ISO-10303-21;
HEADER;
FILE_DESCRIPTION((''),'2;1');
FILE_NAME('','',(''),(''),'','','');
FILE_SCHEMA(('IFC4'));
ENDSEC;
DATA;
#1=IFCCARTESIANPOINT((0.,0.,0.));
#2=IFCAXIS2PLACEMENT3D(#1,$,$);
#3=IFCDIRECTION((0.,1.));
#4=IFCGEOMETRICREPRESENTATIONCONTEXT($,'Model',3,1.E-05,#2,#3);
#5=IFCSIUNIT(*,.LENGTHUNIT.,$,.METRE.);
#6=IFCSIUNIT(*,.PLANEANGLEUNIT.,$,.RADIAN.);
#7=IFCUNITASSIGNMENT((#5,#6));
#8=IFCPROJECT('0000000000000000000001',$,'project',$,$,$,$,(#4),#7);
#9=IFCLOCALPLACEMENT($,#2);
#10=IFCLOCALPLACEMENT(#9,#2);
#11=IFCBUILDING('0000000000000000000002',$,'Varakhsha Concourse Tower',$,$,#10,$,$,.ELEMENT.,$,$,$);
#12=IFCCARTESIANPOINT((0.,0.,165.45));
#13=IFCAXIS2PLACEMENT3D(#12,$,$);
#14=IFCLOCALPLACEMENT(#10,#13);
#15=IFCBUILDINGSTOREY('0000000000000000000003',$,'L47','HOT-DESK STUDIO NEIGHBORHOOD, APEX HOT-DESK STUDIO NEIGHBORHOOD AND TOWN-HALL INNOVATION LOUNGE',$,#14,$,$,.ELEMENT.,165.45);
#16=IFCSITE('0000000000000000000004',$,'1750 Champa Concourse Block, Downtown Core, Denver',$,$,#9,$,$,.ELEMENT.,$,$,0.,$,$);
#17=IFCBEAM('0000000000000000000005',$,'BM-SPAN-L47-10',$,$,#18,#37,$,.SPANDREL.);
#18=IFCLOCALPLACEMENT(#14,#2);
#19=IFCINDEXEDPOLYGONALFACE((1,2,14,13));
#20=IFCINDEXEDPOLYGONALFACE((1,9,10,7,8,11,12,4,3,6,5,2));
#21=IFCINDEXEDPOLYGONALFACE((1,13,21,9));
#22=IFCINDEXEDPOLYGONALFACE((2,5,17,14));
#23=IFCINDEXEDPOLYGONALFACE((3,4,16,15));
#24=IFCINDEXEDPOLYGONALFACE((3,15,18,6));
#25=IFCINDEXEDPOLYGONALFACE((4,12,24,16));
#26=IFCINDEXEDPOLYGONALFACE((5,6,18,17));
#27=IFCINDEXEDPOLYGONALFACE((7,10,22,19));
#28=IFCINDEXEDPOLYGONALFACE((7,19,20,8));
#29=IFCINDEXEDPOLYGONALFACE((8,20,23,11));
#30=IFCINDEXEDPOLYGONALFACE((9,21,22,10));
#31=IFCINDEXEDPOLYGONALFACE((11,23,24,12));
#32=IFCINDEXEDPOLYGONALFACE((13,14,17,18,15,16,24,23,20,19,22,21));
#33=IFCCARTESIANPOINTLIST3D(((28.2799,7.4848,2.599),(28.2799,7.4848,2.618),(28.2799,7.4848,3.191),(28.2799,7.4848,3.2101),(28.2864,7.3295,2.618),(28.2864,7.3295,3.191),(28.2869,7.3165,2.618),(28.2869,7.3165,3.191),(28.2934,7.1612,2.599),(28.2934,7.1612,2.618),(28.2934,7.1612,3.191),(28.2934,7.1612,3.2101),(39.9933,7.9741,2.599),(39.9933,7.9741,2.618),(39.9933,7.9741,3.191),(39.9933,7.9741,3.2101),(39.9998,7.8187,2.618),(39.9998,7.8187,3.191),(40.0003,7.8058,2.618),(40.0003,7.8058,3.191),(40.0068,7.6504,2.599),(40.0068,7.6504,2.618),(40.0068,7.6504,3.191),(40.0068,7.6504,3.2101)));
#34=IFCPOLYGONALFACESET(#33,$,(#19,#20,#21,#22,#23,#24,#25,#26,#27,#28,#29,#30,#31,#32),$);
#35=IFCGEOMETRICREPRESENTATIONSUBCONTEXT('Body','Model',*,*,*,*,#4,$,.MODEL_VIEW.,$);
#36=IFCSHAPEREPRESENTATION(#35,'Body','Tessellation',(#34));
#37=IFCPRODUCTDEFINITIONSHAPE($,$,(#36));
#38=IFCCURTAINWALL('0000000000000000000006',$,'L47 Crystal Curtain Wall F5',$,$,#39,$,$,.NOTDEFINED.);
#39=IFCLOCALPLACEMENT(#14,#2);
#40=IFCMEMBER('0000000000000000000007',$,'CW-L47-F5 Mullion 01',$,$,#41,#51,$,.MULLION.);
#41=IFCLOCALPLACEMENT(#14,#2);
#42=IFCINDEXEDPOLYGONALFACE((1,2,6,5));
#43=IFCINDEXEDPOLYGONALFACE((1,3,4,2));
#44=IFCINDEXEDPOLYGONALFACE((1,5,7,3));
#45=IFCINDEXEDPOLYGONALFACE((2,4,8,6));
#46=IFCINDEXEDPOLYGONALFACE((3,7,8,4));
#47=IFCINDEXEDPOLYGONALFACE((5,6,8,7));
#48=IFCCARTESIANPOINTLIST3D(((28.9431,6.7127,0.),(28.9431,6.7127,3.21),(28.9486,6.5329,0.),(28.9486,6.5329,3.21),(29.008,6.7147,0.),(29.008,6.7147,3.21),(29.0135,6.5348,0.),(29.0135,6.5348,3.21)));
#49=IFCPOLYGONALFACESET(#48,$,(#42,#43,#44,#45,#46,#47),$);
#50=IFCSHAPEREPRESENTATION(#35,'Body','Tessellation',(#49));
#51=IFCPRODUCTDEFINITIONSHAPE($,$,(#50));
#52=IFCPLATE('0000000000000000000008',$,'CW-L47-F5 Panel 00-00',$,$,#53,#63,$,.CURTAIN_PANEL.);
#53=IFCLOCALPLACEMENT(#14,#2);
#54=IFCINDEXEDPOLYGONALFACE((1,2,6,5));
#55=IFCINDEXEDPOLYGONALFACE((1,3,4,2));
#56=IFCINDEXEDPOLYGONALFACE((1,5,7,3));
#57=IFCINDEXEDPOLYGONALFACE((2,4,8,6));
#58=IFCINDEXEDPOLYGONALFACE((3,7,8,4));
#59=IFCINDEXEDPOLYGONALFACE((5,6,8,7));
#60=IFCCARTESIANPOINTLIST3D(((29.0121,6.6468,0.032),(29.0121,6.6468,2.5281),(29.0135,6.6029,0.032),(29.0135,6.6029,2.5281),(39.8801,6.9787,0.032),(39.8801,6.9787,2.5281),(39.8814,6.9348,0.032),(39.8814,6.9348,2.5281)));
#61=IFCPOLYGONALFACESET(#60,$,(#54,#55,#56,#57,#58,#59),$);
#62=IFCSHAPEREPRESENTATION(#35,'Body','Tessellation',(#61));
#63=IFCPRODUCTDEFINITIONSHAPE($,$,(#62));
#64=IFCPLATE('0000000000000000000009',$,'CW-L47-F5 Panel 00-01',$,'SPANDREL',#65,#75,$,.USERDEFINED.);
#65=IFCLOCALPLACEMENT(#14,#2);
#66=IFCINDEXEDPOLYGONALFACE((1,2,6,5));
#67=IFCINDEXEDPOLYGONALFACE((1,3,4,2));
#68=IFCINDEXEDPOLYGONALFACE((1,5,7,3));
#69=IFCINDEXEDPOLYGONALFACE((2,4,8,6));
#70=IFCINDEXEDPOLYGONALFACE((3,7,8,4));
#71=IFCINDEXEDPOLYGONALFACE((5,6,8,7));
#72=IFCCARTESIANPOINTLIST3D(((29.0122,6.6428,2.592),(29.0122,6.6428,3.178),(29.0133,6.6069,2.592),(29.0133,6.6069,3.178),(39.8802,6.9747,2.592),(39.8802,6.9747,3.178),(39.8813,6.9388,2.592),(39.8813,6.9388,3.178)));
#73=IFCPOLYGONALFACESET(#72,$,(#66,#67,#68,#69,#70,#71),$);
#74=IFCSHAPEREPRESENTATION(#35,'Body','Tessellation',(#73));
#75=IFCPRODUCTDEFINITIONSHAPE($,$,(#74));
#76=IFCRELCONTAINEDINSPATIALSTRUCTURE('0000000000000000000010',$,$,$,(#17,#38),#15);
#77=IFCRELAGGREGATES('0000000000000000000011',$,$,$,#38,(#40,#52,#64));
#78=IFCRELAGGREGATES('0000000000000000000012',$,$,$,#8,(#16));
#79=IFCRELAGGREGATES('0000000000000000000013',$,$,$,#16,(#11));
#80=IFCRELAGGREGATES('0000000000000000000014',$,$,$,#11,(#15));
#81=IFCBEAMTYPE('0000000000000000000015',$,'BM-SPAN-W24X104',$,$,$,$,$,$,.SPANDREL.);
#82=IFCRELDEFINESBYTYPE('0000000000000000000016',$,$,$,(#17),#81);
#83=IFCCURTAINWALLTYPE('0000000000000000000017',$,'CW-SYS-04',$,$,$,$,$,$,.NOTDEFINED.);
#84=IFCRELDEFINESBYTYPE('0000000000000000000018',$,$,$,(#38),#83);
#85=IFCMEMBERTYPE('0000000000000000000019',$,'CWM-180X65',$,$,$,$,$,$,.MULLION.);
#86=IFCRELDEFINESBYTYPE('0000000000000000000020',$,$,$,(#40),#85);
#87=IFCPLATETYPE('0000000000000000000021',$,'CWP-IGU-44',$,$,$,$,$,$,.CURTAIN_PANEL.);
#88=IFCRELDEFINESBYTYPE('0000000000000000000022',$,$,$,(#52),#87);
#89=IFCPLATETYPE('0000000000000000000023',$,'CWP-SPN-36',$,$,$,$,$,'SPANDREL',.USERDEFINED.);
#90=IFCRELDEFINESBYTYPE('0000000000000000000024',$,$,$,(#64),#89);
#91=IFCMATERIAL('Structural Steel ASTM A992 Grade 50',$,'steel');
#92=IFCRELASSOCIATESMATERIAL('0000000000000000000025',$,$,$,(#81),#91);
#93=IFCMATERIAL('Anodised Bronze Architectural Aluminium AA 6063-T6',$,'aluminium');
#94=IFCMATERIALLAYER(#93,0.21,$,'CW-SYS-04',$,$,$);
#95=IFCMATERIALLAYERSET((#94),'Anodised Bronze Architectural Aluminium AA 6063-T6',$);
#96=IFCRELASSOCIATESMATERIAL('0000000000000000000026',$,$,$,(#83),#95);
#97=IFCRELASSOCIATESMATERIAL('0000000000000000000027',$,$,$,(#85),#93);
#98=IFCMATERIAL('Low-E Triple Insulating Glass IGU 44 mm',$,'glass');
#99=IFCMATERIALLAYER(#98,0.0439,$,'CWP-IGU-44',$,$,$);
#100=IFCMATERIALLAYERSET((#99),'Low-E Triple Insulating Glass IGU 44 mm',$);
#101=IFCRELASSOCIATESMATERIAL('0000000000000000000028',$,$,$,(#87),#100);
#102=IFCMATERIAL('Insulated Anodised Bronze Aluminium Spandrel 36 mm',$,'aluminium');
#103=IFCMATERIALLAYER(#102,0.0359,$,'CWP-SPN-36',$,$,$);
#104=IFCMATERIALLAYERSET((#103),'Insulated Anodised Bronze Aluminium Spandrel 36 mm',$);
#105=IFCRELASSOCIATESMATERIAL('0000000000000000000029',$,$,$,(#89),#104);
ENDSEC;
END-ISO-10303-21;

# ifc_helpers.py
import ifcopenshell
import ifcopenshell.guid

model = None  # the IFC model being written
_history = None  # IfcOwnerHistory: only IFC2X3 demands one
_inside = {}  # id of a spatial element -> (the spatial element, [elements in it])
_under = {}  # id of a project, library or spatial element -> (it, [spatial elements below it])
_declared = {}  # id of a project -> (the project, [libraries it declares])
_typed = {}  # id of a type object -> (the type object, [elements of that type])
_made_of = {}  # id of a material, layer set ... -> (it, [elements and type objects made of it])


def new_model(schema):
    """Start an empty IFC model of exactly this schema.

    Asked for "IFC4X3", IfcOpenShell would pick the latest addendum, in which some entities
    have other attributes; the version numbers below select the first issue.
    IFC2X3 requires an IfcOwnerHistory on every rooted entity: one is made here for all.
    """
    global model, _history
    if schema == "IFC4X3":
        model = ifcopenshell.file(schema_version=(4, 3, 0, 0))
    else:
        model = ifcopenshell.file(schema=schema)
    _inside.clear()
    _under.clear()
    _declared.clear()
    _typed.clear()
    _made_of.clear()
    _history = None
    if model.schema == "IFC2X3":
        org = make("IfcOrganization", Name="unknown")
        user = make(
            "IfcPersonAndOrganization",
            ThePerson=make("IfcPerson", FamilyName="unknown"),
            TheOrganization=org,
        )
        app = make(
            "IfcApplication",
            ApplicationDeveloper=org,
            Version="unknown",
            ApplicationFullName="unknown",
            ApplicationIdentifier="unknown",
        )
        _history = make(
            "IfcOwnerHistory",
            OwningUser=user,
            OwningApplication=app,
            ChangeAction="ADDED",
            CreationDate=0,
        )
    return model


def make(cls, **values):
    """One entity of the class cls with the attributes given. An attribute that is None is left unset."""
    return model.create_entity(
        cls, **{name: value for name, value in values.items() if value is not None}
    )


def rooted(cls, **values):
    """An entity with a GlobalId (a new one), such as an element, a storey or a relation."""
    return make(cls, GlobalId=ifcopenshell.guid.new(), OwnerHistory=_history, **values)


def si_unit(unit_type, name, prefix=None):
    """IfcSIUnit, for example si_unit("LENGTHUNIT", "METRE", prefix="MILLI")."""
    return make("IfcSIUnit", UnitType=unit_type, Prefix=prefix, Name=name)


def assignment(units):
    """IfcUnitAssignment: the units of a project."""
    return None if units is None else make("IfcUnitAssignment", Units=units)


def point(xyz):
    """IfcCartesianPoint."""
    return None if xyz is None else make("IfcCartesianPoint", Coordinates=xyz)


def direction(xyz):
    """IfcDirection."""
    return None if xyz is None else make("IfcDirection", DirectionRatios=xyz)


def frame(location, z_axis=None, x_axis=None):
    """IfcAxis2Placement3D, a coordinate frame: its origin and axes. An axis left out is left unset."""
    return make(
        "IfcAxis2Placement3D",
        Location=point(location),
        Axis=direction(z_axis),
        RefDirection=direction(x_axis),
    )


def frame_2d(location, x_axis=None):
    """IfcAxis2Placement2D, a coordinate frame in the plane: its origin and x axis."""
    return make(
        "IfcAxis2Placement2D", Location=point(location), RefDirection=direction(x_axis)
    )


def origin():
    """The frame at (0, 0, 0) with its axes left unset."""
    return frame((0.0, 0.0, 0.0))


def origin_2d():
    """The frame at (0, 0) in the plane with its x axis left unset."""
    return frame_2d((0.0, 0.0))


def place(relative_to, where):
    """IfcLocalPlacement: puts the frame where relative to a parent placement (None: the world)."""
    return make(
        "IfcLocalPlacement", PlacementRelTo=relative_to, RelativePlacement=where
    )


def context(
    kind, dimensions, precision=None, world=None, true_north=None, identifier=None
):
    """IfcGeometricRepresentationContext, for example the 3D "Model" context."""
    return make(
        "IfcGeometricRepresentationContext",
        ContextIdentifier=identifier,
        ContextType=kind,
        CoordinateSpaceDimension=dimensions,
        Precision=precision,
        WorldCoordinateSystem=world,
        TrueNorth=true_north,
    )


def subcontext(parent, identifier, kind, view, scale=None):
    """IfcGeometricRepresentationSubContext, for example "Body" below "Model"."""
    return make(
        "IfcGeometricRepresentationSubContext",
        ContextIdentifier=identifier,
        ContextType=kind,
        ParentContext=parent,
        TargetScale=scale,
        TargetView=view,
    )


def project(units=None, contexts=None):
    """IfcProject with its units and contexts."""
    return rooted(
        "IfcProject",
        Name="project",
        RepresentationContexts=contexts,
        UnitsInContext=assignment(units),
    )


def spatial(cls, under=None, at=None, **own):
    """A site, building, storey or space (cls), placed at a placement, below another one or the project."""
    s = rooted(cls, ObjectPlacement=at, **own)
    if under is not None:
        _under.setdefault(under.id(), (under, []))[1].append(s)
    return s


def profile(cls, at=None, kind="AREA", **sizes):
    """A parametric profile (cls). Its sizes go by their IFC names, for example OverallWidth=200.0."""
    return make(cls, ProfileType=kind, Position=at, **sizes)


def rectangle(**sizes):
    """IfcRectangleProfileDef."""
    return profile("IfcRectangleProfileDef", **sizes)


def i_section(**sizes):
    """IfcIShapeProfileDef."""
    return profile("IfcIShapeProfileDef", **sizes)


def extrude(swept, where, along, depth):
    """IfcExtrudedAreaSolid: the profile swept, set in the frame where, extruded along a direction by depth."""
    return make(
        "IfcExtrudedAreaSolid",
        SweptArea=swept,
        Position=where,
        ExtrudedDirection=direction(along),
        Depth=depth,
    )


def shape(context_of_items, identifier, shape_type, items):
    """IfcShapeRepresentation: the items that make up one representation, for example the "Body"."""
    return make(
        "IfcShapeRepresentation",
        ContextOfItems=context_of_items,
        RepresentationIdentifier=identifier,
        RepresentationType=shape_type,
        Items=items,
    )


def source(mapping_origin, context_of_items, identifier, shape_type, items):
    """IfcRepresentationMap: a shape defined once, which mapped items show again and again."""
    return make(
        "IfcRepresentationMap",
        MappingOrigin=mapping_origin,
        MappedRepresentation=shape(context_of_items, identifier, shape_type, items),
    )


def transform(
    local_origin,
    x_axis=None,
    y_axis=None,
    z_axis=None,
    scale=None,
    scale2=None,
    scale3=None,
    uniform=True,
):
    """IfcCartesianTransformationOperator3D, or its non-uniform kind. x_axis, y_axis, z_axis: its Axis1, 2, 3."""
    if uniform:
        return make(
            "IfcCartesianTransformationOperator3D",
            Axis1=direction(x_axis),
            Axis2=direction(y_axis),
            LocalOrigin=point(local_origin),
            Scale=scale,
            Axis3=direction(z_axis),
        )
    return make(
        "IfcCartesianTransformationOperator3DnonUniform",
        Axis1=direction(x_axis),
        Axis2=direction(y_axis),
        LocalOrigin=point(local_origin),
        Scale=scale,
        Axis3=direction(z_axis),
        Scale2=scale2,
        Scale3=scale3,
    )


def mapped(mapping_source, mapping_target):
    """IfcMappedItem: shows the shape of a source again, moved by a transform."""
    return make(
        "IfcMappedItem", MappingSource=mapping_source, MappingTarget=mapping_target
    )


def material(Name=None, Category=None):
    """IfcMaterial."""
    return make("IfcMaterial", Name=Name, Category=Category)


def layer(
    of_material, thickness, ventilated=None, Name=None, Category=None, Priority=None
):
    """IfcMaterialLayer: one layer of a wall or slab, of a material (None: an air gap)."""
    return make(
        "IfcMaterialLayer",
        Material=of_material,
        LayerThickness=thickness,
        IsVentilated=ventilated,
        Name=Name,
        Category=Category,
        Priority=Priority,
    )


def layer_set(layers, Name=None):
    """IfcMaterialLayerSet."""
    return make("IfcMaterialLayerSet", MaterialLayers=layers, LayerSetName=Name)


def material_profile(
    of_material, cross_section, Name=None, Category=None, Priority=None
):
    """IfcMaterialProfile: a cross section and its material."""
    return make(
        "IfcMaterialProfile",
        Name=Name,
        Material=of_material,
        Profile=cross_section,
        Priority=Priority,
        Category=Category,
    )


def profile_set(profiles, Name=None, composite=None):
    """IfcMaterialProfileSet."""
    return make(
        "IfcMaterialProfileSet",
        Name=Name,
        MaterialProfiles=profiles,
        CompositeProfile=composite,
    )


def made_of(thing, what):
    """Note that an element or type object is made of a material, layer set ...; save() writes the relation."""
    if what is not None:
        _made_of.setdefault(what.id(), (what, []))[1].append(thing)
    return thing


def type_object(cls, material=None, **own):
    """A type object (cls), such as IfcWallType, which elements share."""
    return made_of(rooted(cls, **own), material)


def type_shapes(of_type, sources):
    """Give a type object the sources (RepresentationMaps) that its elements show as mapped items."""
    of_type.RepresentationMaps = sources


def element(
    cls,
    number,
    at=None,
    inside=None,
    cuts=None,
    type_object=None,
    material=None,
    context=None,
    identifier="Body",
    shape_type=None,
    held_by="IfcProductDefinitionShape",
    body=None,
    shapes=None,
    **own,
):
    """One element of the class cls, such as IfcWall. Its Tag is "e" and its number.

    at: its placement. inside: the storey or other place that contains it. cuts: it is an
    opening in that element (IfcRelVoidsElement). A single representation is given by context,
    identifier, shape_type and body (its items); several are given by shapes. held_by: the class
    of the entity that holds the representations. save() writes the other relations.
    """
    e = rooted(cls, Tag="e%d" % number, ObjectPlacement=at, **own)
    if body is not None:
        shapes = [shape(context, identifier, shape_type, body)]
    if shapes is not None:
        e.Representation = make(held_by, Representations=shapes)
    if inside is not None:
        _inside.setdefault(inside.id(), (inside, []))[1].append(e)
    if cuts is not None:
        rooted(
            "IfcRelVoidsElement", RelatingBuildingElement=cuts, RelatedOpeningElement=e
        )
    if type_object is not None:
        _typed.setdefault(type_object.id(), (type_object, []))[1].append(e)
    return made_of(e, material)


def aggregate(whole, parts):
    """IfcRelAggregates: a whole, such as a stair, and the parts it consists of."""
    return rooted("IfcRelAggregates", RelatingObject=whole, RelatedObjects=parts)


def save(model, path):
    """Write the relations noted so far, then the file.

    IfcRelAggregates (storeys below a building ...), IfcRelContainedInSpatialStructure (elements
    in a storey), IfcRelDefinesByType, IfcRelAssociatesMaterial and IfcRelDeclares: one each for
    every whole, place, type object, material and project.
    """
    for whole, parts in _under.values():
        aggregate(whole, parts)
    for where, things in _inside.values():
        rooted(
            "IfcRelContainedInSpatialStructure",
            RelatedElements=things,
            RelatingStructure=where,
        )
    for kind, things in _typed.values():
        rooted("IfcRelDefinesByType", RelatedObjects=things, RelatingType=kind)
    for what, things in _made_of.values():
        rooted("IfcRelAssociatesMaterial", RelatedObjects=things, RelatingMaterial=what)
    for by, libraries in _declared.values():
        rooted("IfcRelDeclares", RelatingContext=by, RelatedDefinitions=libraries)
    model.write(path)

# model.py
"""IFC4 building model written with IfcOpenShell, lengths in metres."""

from ifc_helpers import new_model, si_unit, direction, frame, origin, origin_2d, place, context, subcontext, project, spatial, rectangle, i_section, extrude, source, transform, mapped, material, layer, layer_set, material_profile, profile_set, type_object, type_shapes, element, aggregate, save


model = new_model("IFC4")

# Units and contexts
model_context = context("Model", 3, precision=1e-05, world=origin(), true_north=direction((0.0, 1.0)))
body_context = subcontext(model_context, "Body", "Model", "MODEL_VIEW")
ifc_project = project(units=[si_unit("LENGTHUNIT", "METRE"), si_unit("PLANEANGLEUNIT", "RADIAN")], contexts=[model_context])

# Site, building, storey
site_placement = place(None, origin())
site = spatial("IfcSite", under=ifc_project, at=site_placement, Name="1750 Champa Concourse Block, Downtown Core, Denver", CompositionType="ELEMENT", RefElevation=0.0)
building_placement = place(site_placement, origin())
building = spatial("IfcBuilding", under=site, at=building_placement, Name="Varakhsha Concourse Tower", CompositionType="ELEMENT")
storey_placement = place(building_placement, frame((0.0, 0.0, 165.45)))
storey = spatial("IfcBuildingStorey", under=building, at=storey_placement, Name="L47", Description="HOT-DESK STUDIO NEIGHBORHOOD, APEX HOT-DESK STUDIO NEIGHBORHOOD AND TOWN-HALL INNOVATION LOUNGE", CompositionType="ELEMENT", Elevation=165.45)

# Shared definitions
ifc_material_1 = material(Name="Structural Steel ASTM A992 Grade 50", Category="steel")

# Beam
ifc_material_profile_1 = material_profile(ifc_material_1, i_section(OverallWidth=0.324, OverallDepth=0.6111, WebThickness=0.0129, FlangeThickness=0.019, at=origin_2d()), Name="W24X104")
ifc_profile_set_1 = profile_set([ifc_material_profile_1], Name="Structural Steel ASTM A992 Grade 50")
beam_type_1 = type_object("IfcBeamType", Name="BM-SPAN-W24X104", PredefinedType="SPANDREL", material=ifc_profile_set_1)
beam_1_placement = place(storey_placement, frame((28.2866, 7.323, 2.9045), z_axis=(0.999129, 0.041733, 0.0), x_axis=(-0.041733, 0.999129, 0.0)))
element("IfcBeam", 1, at=beam_1_placement, inside=storey, type_object=beam_type_1, Name="BM-SPAN-L47-10", PredefinedType="SPANDREL", context=body_context, shape_type="SweptSolid", body=[
    extrude(i_section(OverallWidth=0.324, OverallDepth=0.6111, WebThickness=0.0129, FlangeThickness=0.019, at=origin_2d()), origin(), (0.0, 0.0, 1.0), 11.7236),
])

# Curtain wall, member, plates
ifc_material_2 = material(Name="Anodised Bronze Architectural Aluminium AA 6063-T6", Category="aluminium")
ifc_layer_1 = layer(ifc_material_2, 0.21, Name="CW-SYS-04")
ifc_layer_set_1 = layer_set([ifc_layer_1], Name="Anodised Bronze Architectural Aluminium AA 6063-T6")
curtain_wall_type = type_object("IfcCurtainWallType", Name="CW-SYS-04", PredefinedType="NOTDEFINED", material=ifc_layer_set_1)
curtain_wall_placement = place(storey_placement, origin())
curtain_wall = element("IfcCurtainWall", 2, at=curtain_wall_placement, inside=storey, type_object=curtain_wall_type, Name="L47 Crystal Curtain Wall F5", PredefinedType="NOTDEFINED")
ifc_material_profile_2 = material_profile(ifc_material_2, rectangle(XDim=0.0649, YDim=0.1799, at=origin_2d()), Name="CWM-180X65")
ifc_profile_set_2 = profile_set([ifc_material_profile_2], Name="Anodised Bronze Architectural Aluminium AA 6063-T6")
member_type = type_object("IfcMemberType", Name="CWM-180X65", PredefinedType="MULLION", material=ifc_profile_set_2)
shared_shape_1 = source(origin(), body_context, "Body", "SweptSolid", [
    extrude(rectangle(XDim=0.0649, YDim=0.1799, at=origin_2d()), origin(), (0.0, 0.0, 1.0), 3.21),
])
type_shapes(member_type, [shared_shape_1])
member_placement = place(storey_placement, frame((28.9783, 6.6238, 0.0), z_axis=(0.0, 0.0, 1.0), x_axis=(-0.999534, -0.030525, 0.0)))
member = element("IfcMember", 3, at=member_placement, type_object=member_type, Name="CW-L47-F5 Mullion 01", PredefinedType="MULLION", context=body_context, shape_type="MappedRepresentation", body=[
    mapped(shared_shape_1, transform((0.0, 0.0, 0.0), scale=1.0)),
])
ifc_material_3 = material(Name="Low-E Triple Insulating Glass IGU 44 mm", Category="glass")
ifc_layer_2 = layer(ifc_material_3, 0.0439, Name="CWP-IGU-44")
ifc_layer_set_2 = layer_set([ifc_layer_2], Name="Low-E Triple Insulating Glass IGU 44 mm")
plate_type_1 = type_object("IfcPlateType", Name="CWP-IGU-44", PredefinedType="CURTAIN_PANEL", material=ifc_layer_set_2)
shared_shape_2 = source(origin(), body_context, "Body", "SweptSolid", [
    extrude(rectangle(XDim=10.873, YDim=0.0439, at=origin_2d()), origin(), (0.0, 0.0, 1.0), 2.4961),
])
type_shapes(plate_type_1, [shared_shape_2])
plate_1_placement = place(storey_placement, frame((34.4468, 6.7908, 0.032), z_axis=(0.0, 0.0, 1.0), x_axis=(-0.999534, -0.030525, 0.0)))
plate_1 = element("IfcPlate", 4, at=plate_1_placement, type_object=plate_type_1, Name="CW-L47-F5 Panel 00-00", PredefinedType="CURTAIN_PANEL", context=body_context, shape_type="MappedRepresentation", body=[
    mapped(shared_shape_2, transform((0.0, 0.0, 0.0), scale=1.0)),
])
ifc_material_4 = material(Name="Insulated Anodised Bronze Aluminium Spandrel 36 mm", Category="aluminium")
ifc_layer_3 = layer(ifc_material_4, 0.0359, Name="CWP-SPN-36")
ifc_layer_set_3 = layer_set([ifc_layer_3], Name="Insulated Anodised Bronze Aluminium Spandrel 36 mm")
plate_type_2 = type_object("IfcPlateType", Name="CWP-SPN-36", ElementType="SPANDREL", PredefinedType="USERDEFINED", material=ifc_layer_set_3)
shared_shape_3 = source(origin(), body_context, "Body", "SweptSolid", [
    extrude(rectangle(XDim=10.873, YDim=0.0359, at=origin_2d()), origin(), (0.0, 0.0, 1.0), 0.5859),
])
type_shapes(plate_type_2, [shared_shape_3])
plate_2_placement = place(storey_placement, frame((34.4468, 6.7908, 2.592), z_axis=(0.0, 0.0, 1.0), x_axis=(-0.999534, -0.030525, 0.0)))
plate_2 = element("IfcPlate", 5, at=plate_2_placement, type_object=plate_type_2, Name="CW-L47-F5 Panel 00-01", ObjectType="SPANDREL", PredefinedType="USERDEFINED", context=body_context, shape_type="MappedRepresentation", body=[
    mapped(shared_shape_3, transform((0.0, 0.0, 0.0), scale=1.0)),
])
aggregate(curtain_wall, [member, plate_1, plate_2])

save(model, "model.ifc")
